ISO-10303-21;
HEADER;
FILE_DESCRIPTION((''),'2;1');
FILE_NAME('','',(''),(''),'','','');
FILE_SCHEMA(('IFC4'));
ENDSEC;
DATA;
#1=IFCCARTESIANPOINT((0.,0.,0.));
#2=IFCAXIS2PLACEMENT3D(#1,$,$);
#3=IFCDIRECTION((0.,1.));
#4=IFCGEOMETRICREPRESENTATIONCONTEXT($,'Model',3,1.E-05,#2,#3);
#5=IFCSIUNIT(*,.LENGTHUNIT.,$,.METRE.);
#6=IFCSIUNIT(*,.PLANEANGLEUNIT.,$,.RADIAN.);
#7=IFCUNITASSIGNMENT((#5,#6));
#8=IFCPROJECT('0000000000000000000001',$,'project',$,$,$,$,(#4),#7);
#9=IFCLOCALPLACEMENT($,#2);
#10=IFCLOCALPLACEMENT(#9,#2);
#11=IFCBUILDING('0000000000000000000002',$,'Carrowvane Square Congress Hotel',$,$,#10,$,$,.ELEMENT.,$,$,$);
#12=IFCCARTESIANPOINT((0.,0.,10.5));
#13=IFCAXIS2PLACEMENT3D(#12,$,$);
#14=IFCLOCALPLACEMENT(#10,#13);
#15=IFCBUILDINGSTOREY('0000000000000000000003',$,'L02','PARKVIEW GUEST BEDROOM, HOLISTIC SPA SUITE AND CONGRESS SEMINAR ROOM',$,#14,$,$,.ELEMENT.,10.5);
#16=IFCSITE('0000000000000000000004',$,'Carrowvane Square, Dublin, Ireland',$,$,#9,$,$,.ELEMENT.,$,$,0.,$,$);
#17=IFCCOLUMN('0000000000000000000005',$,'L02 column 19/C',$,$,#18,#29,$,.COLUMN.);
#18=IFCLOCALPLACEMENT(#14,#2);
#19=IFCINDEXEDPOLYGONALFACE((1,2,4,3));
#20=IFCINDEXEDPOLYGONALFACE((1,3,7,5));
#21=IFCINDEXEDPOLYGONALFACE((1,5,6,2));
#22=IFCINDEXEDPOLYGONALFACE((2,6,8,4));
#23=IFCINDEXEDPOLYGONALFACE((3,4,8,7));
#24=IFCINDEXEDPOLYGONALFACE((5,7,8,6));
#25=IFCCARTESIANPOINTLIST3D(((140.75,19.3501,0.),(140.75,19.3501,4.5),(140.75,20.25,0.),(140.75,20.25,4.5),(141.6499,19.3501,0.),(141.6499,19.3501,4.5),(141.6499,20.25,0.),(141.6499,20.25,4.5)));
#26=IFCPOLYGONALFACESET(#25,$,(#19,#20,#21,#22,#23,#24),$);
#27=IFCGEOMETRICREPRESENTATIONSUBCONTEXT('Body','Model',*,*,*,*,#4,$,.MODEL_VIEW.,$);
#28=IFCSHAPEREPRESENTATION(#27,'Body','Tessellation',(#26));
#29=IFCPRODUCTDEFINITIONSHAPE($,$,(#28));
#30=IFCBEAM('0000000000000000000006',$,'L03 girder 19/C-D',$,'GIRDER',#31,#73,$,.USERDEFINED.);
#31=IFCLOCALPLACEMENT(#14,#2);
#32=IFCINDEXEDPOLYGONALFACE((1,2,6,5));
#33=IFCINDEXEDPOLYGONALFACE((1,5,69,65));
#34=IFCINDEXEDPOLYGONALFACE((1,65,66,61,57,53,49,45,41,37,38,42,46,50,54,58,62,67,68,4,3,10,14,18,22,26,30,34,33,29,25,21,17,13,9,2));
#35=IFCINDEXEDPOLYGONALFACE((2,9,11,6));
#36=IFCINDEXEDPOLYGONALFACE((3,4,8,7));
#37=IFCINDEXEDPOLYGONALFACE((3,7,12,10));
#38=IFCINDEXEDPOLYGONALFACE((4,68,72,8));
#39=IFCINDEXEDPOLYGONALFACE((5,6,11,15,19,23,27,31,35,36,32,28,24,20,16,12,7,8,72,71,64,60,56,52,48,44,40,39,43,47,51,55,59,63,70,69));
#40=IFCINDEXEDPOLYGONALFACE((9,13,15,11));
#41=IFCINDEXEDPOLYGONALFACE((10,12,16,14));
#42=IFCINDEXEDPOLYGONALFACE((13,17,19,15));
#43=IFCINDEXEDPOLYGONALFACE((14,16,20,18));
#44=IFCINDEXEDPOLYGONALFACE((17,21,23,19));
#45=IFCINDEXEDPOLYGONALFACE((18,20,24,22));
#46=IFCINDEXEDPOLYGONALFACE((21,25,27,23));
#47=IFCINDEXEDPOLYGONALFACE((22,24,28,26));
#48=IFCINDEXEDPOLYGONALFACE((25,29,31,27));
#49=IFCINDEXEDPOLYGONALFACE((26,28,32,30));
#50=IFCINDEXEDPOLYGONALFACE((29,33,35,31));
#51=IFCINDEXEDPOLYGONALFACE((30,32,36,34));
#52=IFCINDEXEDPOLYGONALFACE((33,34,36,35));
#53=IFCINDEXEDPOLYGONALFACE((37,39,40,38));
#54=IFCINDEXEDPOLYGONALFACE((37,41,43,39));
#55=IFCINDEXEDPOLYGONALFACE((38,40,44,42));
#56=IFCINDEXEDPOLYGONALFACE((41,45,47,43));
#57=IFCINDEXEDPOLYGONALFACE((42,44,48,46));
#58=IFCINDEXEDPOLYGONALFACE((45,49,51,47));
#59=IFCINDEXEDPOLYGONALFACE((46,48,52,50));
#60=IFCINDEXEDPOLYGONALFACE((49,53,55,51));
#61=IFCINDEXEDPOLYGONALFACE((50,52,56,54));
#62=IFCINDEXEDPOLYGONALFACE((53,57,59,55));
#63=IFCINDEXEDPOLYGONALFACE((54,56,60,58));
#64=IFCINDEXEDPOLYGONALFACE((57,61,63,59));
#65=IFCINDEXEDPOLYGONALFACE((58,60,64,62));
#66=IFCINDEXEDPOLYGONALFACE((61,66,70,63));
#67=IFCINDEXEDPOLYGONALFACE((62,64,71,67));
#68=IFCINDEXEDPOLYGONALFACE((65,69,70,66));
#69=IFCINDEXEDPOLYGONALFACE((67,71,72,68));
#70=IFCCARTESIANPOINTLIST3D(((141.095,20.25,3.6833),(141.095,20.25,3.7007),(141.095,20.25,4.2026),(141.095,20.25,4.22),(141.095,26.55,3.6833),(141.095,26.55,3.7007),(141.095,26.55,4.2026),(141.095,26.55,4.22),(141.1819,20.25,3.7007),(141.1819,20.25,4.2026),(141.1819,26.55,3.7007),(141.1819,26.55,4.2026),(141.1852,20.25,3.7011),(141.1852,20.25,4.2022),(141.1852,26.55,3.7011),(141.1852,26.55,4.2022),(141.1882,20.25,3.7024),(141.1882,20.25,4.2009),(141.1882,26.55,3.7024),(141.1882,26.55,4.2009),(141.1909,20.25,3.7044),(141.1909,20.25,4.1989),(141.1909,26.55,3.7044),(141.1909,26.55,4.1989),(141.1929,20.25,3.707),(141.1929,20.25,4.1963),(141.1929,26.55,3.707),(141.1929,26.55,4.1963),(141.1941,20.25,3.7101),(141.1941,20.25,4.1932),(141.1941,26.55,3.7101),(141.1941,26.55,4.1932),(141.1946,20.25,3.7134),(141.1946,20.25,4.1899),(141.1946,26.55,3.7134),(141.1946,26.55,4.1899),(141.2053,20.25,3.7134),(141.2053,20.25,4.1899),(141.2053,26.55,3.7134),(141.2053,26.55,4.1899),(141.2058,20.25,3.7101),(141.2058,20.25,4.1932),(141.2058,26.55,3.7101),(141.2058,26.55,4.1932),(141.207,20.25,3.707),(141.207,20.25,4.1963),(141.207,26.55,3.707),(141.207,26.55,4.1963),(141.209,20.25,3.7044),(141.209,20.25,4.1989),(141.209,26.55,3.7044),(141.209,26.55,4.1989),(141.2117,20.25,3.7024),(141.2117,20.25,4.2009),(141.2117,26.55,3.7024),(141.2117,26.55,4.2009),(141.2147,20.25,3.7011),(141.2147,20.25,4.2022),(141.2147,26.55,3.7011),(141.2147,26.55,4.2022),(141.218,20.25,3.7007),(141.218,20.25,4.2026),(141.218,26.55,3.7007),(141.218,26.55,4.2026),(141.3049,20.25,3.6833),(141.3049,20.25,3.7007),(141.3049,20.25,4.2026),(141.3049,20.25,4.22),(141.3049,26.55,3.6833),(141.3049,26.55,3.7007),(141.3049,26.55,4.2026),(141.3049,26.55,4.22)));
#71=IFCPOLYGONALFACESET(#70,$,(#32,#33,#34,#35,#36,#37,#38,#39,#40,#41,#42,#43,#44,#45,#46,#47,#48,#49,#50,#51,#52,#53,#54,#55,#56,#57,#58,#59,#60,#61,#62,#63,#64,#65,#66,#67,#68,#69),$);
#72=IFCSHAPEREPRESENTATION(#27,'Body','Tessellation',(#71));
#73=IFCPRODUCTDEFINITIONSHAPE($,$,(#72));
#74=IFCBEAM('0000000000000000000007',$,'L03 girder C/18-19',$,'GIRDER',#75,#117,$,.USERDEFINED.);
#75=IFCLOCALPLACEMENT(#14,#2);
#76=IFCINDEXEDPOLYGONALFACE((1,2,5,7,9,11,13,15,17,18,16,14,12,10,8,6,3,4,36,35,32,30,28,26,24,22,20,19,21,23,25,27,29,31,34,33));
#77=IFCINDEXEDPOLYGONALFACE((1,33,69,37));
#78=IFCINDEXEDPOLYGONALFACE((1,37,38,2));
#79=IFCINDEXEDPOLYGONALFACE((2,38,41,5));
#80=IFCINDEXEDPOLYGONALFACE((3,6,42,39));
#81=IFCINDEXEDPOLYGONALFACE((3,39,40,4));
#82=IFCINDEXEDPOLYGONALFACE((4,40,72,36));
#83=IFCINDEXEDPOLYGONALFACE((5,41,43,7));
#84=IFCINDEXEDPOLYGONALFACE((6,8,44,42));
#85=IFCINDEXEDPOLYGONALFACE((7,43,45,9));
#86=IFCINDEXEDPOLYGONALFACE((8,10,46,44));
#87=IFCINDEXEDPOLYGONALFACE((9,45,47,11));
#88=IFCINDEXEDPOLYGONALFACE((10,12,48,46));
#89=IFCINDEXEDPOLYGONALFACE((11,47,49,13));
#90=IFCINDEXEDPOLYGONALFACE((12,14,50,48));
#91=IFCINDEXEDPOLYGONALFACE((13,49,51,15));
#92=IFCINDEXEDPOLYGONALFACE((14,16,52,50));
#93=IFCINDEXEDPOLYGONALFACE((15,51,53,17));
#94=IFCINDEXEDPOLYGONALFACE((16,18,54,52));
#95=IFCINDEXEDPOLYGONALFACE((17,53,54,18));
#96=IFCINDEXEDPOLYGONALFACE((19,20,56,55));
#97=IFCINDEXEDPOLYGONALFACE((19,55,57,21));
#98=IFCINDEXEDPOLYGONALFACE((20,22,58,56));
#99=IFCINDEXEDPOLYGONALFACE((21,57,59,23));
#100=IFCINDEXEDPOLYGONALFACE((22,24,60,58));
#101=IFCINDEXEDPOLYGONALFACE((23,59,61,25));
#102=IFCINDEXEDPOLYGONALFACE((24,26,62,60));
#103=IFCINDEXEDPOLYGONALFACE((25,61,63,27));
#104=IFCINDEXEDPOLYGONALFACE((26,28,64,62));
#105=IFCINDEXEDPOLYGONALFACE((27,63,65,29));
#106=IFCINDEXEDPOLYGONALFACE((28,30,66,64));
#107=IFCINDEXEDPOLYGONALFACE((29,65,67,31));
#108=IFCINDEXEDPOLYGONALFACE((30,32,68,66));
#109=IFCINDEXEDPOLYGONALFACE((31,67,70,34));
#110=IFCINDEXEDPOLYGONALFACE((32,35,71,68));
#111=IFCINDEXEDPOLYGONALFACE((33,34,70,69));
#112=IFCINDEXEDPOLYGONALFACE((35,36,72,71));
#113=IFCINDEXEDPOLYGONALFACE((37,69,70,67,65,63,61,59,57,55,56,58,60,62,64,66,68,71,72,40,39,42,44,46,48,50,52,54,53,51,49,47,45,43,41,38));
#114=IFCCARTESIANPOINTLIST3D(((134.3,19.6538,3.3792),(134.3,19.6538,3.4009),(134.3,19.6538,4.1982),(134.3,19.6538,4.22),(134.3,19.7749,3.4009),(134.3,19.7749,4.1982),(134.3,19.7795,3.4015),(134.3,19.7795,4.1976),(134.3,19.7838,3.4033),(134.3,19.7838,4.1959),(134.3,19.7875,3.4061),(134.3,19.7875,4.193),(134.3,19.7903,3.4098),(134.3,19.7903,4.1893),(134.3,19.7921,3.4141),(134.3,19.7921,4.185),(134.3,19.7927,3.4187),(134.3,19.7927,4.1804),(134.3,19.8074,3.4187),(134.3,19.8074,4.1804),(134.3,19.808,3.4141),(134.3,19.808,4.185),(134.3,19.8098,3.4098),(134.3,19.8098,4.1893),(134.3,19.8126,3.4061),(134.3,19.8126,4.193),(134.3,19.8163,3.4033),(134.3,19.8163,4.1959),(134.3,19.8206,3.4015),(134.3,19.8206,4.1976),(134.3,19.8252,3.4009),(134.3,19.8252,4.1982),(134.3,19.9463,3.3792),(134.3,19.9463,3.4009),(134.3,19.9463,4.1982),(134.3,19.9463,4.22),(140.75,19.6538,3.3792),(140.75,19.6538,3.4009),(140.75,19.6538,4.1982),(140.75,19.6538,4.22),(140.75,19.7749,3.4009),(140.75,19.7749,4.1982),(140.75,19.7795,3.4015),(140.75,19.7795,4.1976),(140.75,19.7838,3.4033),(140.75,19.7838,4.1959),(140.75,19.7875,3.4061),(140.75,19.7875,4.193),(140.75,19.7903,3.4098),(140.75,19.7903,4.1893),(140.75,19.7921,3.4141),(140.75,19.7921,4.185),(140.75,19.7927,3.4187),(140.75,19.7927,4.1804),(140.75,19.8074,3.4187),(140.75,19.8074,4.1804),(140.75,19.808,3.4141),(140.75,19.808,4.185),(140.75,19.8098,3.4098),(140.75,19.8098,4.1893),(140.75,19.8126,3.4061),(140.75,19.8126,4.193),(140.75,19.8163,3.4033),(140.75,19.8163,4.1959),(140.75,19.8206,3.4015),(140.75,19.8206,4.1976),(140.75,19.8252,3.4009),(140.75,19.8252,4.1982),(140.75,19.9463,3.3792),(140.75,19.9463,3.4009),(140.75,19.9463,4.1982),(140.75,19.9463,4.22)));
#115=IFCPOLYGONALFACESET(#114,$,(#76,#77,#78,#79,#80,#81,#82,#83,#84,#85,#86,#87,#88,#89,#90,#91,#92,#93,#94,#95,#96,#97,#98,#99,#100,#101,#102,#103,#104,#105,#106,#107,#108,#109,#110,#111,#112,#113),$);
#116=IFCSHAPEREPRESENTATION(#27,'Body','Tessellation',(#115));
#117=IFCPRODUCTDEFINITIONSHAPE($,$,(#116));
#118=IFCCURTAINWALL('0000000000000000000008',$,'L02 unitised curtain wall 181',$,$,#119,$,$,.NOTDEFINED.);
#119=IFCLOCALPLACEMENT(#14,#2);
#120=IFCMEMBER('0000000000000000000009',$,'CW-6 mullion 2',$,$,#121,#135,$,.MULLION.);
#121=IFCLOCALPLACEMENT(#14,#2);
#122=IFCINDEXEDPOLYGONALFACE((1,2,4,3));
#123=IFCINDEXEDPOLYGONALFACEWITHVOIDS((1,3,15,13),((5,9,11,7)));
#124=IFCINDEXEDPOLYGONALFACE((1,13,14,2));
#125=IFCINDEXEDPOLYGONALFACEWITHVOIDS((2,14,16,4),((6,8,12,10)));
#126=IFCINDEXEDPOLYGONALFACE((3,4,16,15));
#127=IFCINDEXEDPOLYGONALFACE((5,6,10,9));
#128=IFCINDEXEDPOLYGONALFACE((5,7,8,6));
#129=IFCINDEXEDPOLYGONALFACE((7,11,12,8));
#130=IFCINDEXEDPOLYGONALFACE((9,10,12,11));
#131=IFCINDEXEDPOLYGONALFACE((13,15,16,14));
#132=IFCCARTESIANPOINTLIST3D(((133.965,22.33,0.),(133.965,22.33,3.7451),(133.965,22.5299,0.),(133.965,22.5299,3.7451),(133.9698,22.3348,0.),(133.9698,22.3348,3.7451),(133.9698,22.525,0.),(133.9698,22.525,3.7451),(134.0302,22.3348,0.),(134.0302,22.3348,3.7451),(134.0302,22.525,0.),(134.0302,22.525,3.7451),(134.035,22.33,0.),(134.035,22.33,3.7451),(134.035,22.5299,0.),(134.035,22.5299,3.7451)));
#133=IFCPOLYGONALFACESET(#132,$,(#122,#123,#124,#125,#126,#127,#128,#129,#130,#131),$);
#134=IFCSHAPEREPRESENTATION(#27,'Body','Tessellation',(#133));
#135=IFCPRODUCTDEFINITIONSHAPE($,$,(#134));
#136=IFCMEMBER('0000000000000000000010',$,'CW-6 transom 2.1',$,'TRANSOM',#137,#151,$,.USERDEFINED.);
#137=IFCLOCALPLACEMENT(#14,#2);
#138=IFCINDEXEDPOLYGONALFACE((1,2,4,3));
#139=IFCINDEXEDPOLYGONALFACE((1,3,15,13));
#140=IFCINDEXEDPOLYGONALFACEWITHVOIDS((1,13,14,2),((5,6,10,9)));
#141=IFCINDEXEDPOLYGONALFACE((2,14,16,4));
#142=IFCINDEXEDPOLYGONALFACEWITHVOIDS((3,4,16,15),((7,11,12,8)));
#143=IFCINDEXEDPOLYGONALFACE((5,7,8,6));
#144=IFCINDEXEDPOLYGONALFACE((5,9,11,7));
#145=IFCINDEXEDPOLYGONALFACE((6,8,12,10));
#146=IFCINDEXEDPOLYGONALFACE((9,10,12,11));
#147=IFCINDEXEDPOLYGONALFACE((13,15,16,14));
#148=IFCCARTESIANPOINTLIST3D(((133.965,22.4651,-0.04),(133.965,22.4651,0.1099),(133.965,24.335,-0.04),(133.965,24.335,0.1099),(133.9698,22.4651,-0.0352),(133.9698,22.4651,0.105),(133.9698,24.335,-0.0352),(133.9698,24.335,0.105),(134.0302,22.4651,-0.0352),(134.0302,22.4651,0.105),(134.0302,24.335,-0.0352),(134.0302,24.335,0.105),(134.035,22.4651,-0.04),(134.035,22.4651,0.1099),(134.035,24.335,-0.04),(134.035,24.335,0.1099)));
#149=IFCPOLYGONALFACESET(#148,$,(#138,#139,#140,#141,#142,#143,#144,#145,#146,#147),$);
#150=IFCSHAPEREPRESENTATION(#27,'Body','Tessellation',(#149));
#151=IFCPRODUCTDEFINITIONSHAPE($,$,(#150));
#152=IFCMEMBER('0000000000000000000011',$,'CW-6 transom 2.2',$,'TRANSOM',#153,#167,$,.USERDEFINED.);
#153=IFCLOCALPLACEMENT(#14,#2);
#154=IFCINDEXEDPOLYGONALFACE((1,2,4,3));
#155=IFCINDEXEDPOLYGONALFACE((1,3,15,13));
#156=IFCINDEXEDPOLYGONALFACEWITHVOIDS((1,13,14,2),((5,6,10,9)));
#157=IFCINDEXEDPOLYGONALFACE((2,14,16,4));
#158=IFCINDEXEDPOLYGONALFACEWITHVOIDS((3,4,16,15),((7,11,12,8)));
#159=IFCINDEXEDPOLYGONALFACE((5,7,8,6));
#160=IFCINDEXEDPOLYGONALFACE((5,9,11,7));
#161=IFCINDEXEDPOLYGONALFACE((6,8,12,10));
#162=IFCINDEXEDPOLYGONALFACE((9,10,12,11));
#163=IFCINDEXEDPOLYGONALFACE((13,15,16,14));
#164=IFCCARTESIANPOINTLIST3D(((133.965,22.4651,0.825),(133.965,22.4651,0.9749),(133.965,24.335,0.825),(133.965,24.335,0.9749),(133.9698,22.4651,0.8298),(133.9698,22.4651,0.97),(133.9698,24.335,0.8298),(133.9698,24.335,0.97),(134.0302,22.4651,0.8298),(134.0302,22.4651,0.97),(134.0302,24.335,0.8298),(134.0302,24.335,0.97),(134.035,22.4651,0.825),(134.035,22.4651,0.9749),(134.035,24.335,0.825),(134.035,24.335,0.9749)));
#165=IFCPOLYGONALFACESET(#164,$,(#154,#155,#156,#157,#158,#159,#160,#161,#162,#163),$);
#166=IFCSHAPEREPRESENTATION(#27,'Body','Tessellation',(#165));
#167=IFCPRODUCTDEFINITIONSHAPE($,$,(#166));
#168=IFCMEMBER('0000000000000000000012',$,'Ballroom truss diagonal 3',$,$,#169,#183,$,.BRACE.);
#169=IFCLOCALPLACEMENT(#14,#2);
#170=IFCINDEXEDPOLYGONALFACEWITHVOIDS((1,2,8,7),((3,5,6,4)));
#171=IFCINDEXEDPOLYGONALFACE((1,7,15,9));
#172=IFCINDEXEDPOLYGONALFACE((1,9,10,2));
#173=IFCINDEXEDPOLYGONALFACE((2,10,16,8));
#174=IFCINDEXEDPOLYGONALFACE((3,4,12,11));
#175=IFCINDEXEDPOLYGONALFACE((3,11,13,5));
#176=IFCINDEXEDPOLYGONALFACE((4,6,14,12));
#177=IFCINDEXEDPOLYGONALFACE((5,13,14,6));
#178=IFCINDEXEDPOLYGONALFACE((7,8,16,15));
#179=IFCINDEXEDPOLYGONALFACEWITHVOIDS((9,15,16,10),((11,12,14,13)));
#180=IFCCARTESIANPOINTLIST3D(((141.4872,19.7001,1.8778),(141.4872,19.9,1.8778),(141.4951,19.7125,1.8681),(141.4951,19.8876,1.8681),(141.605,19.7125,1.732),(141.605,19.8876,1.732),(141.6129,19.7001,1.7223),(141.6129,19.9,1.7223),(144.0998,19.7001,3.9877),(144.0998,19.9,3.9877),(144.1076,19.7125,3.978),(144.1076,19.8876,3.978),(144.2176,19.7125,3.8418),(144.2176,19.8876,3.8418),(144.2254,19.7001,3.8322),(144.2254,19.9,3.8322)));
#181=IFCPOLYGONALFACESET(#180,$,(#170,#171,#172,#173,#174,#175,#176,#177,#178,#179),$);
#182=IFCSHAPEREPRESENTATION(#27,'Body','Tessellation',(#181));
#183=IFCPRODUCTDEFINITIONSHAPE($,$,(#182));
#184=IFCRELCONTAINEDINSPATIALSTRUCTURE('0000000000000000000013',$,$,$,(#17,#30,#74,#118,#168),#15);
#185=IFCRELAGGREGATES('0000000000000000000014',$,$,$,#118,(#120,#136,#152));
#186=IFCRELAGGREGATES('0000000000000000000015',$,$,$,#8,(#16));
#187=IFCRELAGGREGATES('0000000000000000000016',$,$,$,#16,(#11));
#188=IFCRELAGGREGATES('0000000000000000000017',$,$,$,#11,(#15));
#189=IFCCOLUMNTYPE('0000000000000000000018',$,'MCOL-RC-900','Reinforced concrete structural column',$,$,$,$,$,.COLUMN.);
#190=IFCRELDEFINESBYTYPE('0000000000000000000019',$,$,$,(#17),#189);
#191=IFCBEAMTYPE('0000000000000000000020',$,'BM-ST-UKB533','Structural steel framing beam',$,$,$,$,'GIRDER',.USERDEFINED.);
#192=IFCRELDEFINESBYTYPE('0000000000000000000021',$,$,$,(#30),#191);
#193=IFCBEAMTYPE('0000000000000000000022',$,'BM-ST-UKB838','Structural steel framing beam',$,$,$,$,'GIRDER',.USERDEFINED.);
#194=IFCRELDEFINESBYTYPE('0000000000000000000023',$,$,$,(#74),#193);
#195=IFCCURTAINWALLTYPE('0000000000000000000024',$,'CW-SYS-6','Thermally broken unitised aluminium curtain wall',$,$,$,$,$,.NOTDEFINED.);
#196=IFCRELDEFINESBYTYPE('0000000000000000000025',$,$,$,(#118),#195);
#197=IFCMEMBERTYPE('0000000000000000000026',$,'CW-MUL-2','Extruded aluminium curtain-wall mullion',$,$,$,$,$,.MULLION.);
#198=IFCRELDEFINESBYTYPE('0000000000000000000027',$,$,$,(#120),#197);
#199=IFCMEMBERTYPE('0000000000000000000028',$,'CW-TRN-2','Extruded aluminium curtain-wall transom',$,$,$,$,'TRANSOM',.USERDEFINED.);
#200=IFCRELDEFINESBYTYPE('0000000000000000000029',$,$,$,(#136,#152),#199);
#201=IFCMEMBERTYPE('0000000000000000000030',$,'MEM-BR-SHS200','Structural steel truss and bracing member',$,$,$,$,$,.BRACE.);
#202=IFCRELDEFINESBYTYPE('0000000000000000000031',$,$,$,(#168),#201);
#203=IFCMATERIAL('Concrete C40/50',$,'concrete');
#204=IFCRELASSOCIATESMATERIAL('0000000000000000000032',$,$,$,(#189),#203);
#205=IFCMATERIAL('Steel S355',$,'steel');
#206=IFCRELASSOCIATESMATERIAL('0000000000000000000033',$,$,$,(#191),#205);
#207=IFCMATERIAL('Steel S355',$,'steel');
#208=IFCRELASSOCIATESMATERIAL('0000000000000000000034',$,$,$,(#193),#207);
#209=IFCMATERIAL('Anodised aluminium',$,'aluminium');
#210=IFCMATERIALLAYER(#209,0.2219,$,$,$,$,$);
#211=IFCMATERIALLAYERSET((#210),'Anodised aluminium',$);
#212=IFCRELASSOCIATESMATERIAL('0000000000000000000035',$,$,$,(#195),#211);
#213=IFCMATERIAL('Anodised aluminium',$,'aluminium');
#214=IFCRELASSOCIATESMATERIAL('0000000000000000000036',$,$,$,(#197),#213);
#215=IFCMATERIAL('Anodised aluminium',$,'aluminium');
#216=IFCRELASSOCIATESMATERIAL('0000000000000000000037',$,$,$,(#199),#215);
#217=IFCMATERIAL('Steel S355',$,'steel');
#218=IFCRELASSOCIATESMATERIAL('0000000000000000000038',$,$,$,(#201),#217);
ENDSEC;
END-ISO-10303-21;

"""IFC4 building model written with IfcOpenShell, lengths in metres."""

from ifc_helpers import new_model, si_unit, direction, frame, origin, origin_2d, place, context, subcontext, project, spatial, rectangle, hollow_rectangle, i_section, extrude, material, layer, layer_set, material_profile, profile_set, type_object, element, aggregate, save


model = new_model("IFC4")

# Units and contexts
model_context = context("Model", 3, precision=1e-05, world=origin(), true_north=direction((0.0, 1.0)))
body_context = subcontext(model_context, "Body", "Model", "MODEL_VIEW")
ifc_project = project(units=[si_unit("LENGTHUNIT", "METRE"), si_unit("PLANEANGLEUNIT", "RADIAN")], contexts=[model_context])

# Site, building, storey
site_placement = place(None, origin())
site = spatial("IfcSite", under=ifc_project, at=site_placement, Name="Carrowvane Square, Dublin, Ireland", CompositionType="ELEMENT", RefElevation=0.0)
building_placement = place(site_placement, origin())
building = spatial("IfcBuilding", under=site, at=building_placement, Name="Carrowvane Square Congress Hotel", CompositionType="ELEMENT")
storey_placement = place(building_placement, frame((0.0, 0.0, 10.5)))
storey = spatial("IfcBuildingStorey", under=building, at=storey_placement, Name="L02", Description="PARKVIEW GUEST BEDROOM, HOLISTIC SPA SUITE AND CONGRESS SEMINAR ROOM", CompositionType="ELEMENT", Elevation=10.5)

# Column
ifc_material_1 = material(Name="Concrete C40/50", Category="concrete")
ifc_material_profile_1 = material_profile(ifc_material_1, rectangle(XDim=0.8999, YDim=0.8999, at=origin_2d()), Name="RC 900x900")
ifc_profile_set_1 = profile_set([ifc_material_profile_1], Name="Concrete C40/50")
column_type = type_object("IfcColumnType", Name="MCOL-RC-900", Description="Reinforced concrete structural column", PredefinedType="COLUMN", material=ifc_profile_set_1)
column_placement = place(storey_placement, frame((141.2, 19.8, 0.0), z_axis=(0.0, 0.0, 1.0), x_axis=(1.0, 0.0, 0.0)))
element("IfcColumn", 1, at=column_placement, inside=storey, type_object=column_type, Name="L02 column 19/C", PredefinedType="COLUMN", context=body_context, shape_type="SweptSolid", body=[
    extrude(rectangle(XDim=0.8999, YDim=0.8999, at=origin_2d()), origin(), (0.0, 0.0, 1.0), 4.5),
])

# Beams
ifc_material_2 = material(Name="Steel S355", Category="steel")
ifc_material_profile_2 = material_profile(ifc_material_2, i_section(OverallWidth=0.21, OverallDepth=0.5366, WebThickness=0.0107, FlangeThickness=0.0173, FilletRadius=0.0127, at=origin_2d()), Name="UKB 533x210x101")
ifc_profile_set_2 = profile_set([ifc_material_profile_2], Name="Steel S355")
beam_type_1 = type_object("IfcBeamType", Name="BM-ST-UKB533", Description="Structural steel framing beam", ElementType="GIRDER", PredefinedType="USERDEFINED", material=ifc_profile_set_2)
beam_1_placement = place(storey_placement, frame((141.2, 20.25, 3.9517), z_axis=(0.0, 1.0, 0.0), x_axis=(-1.0, 0.0, 0.0)))
element("IfcBeam", 2, at=beam_1_placement, inside=storey, type_object=beam_type_1, Name="L03 girder 19/C-D", ObjectType="GIRDER", PredefinedType="USERDEFINED", context=body_context, shape_type="SweptSolid", body=[
    extrude(i_section(OverallWidth=0.21, OverallDepth=0.5366, WebThickness=0.0107, FlangeThickness=0.0173, FilletRadius=0.0127, at=origin_2d()), origin(), (0.0, 0.0, 1.0), 6.3),
])
ifc_material_3 = material(Name="Steel S355", Category="steel")
ifc_material_profile_3 = material_profile(ifc_material_3, i_section(OverallWidth=0.2925, OverallDepth=0.8408, WebThickness=0.0146, FlangeThickness=0.0217, FilletRadius=0.0178, at=origin_2d()), Name="UKB 838x292x194")
ifc_profile_set_3 = profile_set([ifc_material_profile_3], Name="Steel S355")
beam_type_2 = type_object("IfcBeamType", Name="BM-ST-UKB838", Description="Structural steel framing beam", ElementType="GIRDER", PredefinedType="USERDEFINED", material=ifc_profile_set_3)
beam_2_placement = place(storey_placement, frame((134.3, 19.8, 3.7996), z_axis=(1.0, 0.0, 0.0), x_axis=(0.0, 1.0, 0.0)))
element("IfcBeam", 3, at=beam_2_placement, inside=storey, type_object=beam_type_2, Name="L03 girder C/18-19", ObjectType="GIRDER", PredefinedType="USERDEFINED", context=body_context, shape_type="SweptSolid", body=[
    extrude(i_section(OverallWidth=0.2925, OverallDepth=0.8408, WebThickness=0.0146, FlangeThickness=0.0217, FilletRadius=0.0178, at=origin_2d()), origin(), (0.0, 0.0, 1.0), 6.45),
])

# Curtain wall, members
ifc_material_4 = material(Name="Anodised aluminium", Category="aluminium")
ifc_layer_1 = layer(ifc_material_4, 0.2219)
ifc_layer_set_1 = layer_set([ifc_layer_1], Name="Anodised aluminium")
curtain_wall_type = type_object("IfcCurtainWallType", Name="CW-SYS-6", Description="Thermally broken unitised aluminium curtain wall", PredefinedType="NOTDEFINED", material=ifc_layer_set_1)
curtain_wall_placement = place(storey_placement, origin())
curtain_wall = element("IfcCurtainWall", 4, at=curtain_wall_placement, inside=storey, type_object=curtain_wall_type, Name="L02 unitised curtain wall 181", PredefinedType="NOTDEFINED")
ifc_material_5 = material(Name="Anodised aluminium", Category="aluminium")
ifc_material_profile_4 = material_profile(ifc_material_5, hollow_rectangle(XDim=0.0701, YDim=0.2, WallThickness=0.0049, at=origin_2d()), Name="CW-ML 70x200x5")
ifc_profile_set_4 = profile_set([ifc_material_profile_4], Name="Anodised aluminium")
member_type_1 = type_object("IfcMemberType", Name="CW-MUL-2", Description="Extruded aluminium curtain-wall mullion", PredefinedType="MULLION", material=ifc_profile_set_4)
member_1_placement = place(storey_placement, frame((134.0, 22.4299, 0.0), z_axis=(0.0, 0.0, 1.0), x_axis=(-1.0, 0.0, 0.0)))
member_1 = element("IfcMember", 5, at=member_1_placement, type_object=member_type_1, Name="CW-6 mullion 2", PredefinedType="MULLION", context=body_context, shape_type="SweptSolid", body=[
    extrude(hollow_rectangle(XDim=0.0701, YDim=0.2, WallThickness=0.0049, at=origin_2d()), origin(), (0.0, 0.0, 1.0), 3.7451),
])
ifc_material_6 = material(Name="Anodised aluminium", Category="aluminium")
ifc_material_profile_5 = material_profile(ifc_material_6, hollow_rectangle(XDim=0.0701, YDim=0.1499, WallThickness=0.0049, at=origin_2d()), Name="CW-TR 70x150x5")
ifc_profile_set_5 = profile_set([ifc_material_profile_5], Name="Anodised aluminium")
member_type_2 = type_object("IfcMemberType", Name="CW-TRN-2", Description="Extruded aluminium curtain-wall transom", ElementType="TRANSOM", PredefinedType="USERDEFINED", material=ifc_profile_set_5)
member_2_placement = place(storey_placement, frame((134.0, 22.4651, 0.0349), z_axis=(0.0, 1.0, 0.0), x_axis=(-1.0, 0.0, 0.0)))
member_2 = element("IfcMember", 6, at=member_2_placement, type_object=member_type_2, Name="CW-6 transom 2.1", ObjectType="TRANSOM", PredefinedType="USERDEFINED", context=body_context, shape_type="SweptSolid", body=[
    extrude(hollow_rectangle(XDim=0.0701, YDim=0.1499, WallThickness=0.0049, at=origin_2d()), origin(), (0.0, 0.0, 1.0), 1.8699),
])
member_3_placement = place(storey_placement, frame((134.0, 22.4651, 0.8999), z_axis=(0.0, 1.0, 0.0), x_axis=(-1.0, 0.0, 0.0)))
member_3 = element("IfcMember", 7, at=member_3_placement, type_object=member_type_2, Name="CW-6 transom 2.2", ObjectType="TRANSOM", PredefinedType="USERDEFINED", context=body_context, shape_type="SweptSolid", body=[
    extrude(hollow_rectangle(XDim=0.0701, YDim=0.1499, WallThickness=0.0049, at=origin_2d()), origin(), (0.0, 0.0, 1.0), 1.8699),
])

# Member
ifc_material_7 = material(Name="Steel S355", Category="steel")
ifc_material_profile_6 = material_profile(ifc_material_7, hollow_rectangle(XDim=0.2, YDim=0.2, WallThickness=0.0125, at=origin_2d()), Name="SHS 200x200x12.5")
ifc_profile_set_6 = profile_set([ifc_material_profile_6], Name="Steel S355")
member_type_3 = type_object("IfcMemberType", Name="MEM-BR-SHS200", Description="Structural steel truss and bracing member", PredefinedType="BRACE", material=ifc_profile_set_6)
member_4_placement = place(storey_placement, frame((141.55, 19.8, 1.8), z_axis=(0.777981, 0.0, 0.628288), x_axis=(0.0, 1.0, 0.0)))
element("IfcMember", 8, at=member_4_placement, inside=storey, type_object=member_type_3, Name="Ballroom truss diagonal 3", PredefinedType="BRACE", context=body_context, shape_type="SweptSolid", body=[
    extrude(hollow_rectangle(XDim=0.2, YDim=0.2, WallThickness=0.0125, at=origin_2d()), origin(), (0.0, 0.0, 1.0), 3.3582),
])

aggregate(curtain_wall, [member_1, member_2, member_3])

save(model, "model.ifc")
